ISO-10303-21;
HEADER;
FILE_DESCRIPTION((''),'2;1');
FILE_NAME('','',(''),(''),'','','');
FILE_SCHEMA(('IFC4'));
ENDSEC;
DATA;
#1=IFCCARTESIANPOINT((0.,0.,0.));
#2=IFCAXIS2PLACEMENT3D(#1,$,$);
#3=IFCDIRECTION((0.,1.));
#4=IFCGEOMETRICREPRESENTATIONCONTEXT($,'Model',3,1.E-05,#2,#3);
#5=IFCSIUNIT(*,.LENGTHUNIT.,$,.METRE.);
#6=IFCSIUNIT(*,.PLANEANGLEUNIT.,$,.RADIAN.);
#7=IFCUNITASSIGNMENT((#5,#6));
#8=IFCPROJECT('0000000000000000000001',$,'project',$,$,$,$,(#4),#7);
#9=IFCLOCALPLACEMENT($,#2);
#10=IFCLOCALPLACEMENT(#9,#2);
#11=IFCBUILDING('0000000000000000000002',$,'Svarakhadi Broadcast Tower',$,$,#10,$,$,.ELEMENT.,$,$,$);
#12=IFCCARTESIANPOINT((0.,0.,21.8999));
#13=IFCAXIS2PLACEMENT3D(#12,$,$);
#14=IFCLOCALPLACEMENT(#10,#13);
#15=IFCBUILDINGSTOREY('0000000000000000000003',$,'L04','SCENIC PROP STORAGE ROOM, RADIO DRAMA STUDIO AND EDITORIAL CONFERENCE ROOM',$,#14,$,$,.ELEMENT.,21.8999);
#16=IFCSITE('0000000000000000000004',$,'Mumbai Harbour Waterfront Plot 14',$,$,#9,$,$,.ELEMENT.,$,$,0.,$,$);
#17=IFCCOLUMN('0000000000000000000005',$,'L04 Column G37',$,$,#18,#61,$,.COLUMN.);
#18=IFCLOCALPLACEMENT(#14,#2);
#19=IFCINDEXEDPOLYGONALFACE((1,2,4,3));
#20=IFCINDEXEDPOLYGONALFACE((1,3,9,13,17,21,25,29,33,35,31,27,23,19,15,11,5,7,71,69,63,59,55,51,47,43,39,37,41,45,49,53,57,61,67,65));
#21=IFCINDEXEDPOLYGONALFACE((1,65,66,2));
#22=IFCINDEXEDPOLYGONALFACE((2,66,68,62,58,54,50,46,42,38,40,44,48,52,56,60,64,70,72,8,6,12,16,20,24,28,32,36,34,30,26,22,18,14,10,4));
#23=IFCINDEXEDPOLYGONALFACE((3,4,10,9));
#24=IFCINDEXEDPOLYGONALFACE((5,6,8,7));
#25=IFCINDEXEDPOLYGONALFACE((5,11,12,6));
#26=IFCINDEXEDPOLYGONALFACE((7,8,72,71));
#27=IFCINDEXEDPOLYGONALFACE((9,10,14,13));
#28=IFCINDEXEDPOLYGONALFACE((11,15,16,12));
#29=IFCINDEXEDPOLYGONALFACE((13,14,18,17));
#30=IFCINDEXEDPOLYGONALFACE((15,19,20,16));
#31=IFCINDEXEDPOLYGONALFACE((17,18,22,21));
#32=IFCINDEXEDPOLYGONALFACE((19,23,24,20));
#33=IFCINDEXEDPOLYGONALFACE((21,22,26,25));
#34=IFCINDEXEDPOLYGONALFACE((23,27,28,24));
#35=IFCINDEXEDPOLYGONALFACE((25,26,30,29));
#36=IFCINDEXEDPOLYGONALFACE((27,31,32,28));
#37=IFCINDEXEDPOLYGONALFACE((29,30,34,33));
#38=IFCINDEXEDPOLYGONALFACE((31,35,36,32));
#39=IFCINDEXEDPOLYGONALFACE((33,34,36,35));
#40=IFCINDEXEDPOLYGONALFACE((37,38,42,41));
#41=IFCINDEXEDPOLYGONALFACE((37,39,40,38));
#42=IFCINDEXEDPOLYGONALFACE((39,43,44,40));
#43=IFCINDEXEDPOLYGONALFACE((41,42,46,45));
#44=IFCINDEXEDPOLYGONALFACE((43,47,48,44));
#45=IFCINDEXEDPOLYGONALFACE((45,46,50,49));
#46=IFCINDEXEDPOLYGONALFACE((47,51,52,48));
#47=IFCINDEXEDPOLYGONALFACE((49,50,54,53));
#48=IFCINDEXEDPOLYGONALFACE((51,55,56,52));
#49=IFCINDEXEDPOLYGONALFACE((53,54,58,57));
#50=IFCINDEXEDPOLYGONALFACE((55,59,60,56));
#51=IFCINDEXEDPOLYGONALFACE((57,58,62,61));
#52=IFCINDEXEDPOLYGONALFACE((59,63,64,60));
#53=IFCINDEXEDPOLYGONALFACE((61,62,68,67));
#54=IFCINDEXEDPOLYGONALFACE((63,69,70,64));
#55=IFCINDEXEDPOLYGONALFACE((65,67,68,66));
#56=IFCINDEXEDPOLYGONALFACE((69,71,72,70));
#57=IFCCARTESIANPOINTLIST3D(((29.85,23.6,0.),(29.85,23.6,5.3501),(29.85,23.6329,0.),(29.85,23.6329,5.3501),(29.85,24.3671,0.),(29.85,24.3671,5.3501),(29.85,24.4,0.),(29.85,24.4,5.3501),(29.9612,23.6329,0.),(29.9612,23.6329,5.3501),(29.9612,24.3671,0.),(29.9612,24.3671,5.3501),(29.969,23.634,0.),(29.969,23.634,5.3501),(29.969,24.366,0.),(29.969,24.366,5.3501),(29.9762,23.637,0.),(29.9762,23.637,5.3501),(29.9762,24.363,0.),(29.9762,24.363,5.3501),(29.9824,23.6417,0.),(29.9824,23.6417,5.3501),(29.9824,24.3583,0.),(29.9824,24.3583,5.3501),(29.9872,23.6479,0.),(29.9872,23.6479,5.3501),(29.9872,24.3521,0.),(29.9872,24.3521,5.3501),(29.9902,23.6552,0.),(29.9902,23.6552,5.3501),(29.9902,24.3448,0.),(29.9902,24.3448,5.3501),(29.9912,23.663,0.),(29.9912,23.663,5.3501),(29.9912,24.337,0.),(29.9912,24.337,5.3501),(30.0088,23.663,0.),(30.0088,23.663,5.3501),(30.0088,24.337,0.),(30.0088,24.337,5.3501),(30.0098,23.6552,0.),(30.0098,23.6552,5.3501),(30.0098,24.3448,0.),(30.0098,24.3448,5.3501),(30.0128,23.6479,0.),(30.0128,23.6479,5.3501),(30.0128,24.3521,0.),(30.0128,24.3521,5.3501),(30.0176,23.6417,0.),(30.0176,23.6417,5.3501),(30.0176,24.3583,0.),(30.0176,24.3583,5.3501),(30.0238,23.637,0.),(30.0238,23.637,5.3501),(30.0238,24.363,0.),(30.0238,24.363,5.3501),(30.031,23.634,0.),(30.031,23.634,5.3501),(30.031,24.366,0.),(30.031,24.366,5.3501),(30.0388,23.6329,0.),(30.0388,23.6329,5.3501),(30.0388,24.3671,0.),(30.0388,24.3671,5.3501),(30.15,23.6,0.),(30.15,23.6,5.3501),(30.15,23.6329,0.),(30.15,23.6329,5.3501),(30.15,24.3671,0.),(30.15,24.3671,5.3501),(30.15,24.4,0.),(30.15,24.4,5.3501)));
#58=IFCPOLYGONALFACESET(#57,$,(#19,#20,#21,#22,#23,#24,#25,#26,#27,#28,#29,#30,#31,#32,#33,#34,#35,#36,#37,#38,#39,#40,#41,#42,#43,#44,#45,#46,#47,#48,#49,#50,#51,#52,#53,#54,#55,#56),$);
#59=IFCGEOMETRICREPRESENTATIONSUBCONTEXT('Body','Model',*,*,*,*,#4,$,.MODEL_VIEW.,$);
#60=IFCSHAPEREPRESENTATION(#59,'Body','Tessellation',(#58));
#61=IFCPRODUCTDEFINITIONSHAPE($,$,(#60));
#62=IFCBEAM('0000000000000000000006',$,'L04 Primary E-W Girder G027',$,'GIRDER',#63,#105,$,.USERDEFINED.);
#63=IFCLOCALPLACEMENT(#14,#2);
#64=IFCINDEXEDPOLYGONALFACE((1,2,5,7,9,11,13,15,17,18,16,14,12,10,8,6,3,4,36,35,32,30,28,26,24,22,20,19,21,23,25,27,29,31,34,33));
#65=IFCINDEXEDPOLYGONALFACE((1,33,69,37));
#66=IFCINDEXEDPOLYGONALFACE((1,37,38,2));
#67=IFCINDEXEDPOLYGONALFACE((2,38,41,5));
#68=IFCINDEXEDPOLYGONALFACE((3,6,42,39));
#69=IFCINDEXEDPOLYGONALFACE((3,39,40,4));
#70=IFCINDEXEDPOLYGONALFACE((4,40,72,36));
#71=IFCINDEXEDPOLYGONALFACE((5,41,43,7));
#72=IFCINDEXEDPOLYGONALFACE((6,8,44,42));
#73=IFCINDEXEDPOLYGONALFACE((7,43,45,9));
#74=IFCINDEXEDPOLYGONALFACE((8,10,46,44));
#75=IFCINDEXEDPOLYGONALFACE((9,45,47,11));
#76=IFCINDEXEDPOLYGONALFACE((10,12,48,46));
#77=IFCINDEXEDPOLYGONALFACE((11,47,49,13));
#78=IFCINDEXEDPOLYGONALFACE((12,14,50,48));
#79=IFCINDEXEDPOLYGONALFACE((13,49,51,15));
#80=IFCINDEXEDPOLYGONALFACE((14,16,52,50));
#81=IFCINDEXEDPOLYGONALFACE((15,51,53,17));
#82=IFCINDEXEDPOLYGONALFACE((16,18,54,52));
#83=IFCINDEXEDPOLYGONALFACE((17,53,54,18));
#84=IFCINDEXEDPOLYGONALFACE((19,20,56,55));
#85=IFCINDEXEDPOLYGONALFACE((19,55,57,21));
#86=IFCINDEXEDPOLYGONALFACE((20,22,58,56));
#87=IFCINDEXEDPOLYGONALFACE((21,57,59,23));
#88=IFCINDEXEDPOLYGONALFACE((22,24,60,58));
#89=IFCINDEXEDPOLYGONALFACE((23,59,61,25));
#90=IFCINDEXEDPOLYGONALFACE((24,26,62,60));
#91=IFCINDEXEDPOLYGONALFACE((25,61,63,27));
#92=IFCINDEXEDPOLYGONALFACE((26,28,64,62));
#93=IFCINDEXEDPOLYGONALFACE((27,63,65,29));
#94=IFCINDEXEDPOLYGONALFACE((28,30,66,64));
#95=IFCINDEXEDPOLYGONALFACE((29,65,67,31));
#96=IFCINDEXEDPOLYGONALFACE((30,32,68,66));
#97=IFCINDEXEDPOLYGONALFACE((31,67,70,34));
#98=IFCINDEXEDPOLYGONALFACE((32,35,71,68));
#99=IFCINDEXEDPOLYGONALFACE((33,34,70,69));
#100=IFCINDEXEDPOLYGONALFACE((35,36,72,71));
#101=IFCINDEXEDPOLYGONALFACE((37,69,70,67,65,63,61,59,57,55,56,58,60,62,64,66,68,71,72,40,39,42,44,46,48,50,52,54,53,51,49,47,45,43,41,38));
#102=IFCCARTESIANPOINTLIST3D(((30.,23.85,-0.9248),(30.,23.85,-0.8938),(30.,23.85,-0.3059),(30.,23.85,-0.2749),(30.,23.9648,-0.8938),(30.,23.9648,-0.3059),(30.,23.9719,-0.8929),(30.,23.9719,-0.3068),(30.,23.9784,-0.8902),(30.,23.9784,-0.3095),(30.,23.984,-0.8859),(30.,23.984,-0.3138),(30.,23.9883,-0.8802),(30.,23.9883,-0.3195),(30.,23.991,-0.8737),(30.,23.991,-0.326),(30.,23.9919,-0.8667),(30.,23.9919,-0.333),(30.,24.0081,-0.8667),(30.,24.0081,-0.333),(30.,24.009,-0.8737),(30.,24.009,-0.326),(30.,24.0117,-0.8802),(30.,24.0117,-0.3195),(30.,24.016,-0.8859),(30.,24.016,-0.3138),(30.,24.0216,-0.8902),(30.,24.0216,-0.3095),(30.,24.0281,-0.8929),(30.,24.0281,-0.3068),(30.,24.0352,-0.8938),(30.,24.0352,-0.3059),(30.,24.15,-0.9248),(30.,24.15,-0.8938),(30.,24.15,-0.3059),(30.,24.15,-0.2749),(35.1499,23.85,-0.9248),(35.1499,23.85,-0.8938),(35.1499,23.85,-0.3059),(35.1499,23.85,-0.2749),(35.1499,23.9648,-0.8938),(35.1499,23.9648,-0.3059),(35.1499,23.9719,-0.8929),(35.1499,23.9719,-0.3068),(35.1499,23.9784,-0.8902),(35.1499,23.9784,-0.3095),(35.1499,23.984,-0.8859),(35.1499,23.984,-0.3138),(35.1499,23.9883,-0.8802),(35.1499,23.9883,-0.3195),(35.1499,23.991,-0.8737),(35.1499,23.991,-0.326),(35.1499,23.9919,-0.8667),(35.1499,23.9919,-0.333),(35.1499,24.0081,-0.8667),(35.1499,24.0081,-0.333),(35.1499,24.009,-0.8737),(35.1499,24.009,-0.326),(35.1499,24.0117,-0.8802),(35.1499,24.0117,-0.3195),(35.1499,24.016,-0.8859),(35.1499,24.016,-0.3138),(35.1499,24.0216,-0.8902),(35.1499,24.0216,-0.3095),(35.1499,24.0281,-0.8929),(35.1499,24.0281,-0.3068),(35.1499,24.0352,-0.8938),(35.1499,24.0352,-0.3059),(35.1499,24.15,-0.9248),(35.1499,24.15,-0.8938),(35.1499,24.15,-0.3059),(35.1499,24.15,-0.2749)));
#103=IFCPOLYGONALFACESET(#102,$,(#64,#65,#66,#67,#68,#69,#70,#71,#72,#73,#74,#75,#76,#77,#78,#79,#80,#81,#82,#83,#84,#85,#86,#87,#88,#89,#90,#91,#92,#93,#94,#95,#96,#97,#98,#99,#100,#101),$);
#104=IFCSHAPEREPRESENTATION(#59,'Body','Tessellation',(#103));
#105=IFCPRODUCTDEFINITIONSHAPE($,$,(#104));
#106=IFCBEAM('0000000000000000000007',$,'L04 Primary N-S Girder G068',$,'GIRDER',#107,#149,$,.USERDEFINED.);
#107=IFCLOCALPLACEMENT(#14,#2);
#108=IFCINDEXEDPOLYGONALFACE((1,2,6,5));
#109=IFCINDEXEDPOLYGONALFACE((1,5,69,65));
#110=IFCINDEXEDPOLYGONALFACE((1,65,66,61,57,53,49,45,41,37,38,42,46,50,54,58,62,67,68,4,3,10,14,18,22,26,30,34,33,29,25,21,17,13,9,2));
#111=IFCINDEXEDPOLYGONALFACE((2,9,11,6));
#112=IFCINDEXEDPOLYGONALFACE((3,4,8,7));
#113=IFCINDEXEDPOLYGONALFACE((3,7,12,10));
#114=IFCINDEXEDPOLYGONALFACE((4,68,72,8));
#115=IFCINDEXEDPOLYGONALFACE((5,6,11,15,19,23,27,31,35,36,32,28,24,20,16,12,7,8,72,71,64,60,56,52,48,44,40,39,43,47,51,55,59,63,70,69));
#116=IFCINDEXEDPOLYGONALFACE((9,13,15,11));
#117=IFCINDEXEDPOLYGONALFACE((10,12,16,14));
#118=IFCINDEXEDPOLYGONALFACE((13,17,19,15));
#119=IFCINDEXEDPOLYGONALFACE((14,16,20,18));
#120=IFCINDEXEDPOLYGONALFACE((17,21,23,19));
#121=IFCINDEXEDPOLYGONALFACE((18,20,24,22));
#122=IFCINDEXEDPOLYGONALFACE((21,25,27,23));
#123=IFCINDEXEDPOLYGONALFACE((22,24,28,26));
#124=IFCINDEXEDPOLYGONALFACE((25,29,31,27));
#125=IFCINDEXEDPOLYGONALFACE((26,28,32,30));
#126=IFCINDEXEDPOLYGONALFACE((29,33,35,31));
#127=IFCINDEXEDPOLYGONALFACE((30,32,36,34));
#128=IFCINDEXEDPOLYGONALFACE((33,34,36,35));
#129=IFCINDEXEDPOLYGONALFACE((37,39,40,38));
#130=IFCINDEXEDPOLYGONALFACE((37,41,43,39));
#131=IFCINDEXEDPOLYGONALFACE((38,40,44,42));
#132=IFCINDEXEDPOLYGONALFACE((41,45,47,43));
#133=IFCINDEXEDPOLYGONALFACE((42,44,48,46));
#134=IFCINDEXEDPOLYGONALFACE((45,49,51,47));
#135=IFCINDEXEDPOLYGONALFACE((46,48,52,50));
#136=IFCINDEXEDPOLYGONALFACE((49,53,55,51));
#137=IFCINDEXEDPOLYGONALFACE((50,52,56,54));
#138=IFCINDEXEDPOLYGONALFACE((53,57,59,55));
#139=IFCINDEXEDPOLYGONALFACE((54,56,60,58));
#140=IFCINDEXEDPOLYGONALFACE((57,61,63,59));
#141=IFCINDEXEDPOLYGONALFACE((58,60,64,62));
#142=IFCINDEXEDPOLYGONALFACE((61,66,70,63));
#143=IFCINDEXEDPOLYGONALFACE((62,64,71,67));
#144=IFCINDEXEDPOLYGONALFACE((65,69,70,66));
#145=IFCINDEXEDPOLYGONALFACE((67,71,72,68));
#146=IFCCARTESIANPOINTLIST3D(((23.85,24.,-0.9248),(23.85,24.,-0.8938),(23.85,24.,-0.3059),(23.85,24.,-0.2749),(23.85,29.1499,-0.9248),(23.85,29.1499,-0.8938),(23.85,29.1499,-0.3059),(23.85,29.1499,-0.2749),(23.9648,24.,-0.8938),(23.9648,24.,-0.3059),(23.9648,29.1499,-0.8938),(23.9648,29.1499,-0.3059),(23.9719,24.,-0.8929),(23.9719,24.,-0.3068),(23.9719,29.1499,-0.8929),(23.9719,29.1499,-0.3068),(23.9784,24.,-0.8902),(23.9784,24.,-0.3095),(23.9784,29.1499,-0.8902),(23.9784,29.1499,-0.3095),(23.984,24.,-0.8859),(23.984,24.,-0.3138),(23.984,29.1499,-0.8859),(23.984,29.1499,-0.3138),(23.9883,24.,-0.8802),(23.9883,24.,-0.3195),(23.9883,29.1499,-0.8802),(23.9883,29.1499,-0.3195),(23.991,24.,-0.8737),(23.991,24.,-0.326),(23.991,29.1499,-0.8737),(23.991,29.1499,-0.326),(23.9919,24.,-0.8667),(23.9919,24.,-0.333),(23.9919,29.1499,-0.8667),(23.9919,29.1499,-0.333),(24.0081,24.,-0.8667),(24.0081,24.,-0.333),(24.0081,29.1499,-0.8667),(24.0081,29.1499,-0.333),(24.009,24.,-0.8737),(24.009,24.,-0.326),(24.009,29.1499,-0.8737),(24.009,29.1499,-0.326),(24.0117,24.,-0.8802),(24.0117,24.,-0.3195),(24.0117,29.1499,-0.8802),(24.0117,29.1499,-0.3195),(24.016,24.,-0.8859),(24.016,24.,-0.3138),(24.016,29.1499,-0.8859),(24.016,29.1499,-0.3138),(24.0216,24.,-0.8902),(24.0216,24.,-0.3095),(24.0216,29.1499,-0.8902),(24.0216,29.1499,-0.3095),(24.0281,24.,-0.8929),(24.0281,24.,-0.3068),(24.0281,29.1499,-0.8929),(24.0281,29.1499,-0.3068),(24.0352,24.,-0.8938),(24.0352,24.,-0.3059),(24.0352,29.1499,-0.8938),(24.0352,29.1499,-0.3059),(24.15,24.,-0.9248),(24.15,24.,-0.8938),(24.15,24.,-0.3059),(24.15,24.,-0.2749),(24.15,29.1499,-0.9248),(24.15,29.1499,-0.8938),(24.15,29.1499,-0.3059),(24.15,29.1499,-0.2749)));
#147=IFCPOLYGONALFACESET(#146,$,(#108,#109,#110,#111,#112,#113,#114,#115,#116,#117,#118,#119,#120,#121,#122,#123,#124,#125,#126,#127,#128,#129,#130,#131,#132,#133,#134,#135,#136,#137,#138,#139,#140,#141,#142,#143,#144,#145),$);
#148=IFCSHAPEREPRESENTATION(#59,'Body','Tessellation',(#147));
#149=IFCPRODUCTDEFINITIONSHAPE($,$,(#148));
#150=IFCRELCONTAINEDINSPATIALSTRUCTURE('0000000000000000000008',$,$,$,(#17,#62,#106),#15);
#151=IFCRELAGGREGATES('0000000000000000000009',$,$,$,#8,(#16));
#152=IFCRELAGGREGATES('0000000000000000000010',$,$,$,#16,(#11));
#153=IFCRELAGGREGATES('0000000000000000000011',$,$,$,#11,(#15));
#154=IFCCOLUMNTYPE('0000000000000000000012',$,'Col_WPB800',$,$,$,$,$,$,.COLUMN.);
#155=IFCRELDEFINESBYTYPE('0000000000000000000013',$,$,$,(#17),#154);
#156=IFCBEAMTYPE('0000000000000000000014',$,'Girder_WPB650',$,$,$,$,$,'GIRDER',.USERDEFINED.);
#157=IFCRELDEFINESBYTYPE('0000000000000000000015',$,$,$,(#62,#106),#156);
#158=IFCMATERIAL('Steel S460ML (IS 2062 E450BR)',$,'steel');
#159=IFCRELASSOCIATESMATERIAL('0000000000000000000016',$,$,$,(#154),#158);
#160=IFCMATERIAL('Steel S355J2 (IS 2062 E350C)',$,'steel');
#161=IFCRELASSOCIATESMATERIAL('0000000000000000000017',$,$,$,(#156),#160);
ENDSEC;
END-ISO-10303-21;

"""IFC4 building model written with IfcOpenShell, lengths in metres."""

from ifc_helpers import new_model, si_unit, direction, frame, origin, origin_2d, place, context, subcontext, project, spatial, i_section, extrude, material, material_profile, profile_set, type_object, element, save


model = new_model("IFC4")

# Units and contexts
model_context = context("Model", 3, precision=1e-05, world=origin(), true_north=direction((0.0, 1.0)))
body_context = subcontext(model_context, "Body", "Model", "MODEL_VIEW")
ifc_project = project(units=[si_unit("LENGTHUNIT", "METRE"), si_unit("PLANEANGLEUNIT", "RADIAN")], contexts=[model_context])

# Site, building, storey
site_placement = place(None, origin())
site = spatial("IfcSite", under=ifc_project, at=site_placement, Name="Mumbai Harbour Waterfront Plot 14", CompositionType="ELEMENT", RefElevation=0.0)
building_placement = place(site_placement, origin())
building = spatial("IfcBuilding", under=site, at=building_placement, Name="Svarakhadi Broadcast Tower", CompositionType="ELEMENT")
storey_placement = place(building_placement, frame((0.0, 0.0, 21.8999)))
storey = spatial("IfcBuildingStorey", under=building, at=storey_placement, Name="L04", Description="SCENIC PROP STORAGE ROOM, RADIO DRAMA STUDIO AND EDITORIAL CONFERENCE ROOM", CompositionType="ELEMENT", Elevation=21.8999)

# Column
ifc_material_1 = material(Name="Steel S460ML (IS 2062 E450BR)", Category="steel")
ifc_material_profile_1 = material_profile(ifc_material_1, i_section(OverallWidth=0.3, OverallDepth=0.8, WebThickness=0.0176, FlangeThickness=0.033, FilletRadius=0.03, at=origin_2d()), Name="WPB 800x300x262")
ifc_profile_set_1 = profile_set([ifc_material_profile_1], Name="Steel S460ML (IS 2062 E450BR)")
column_type = type_object("IfcColumnType", Name="Col_WPB800", PredefinedType="COLUMN", material=ifc_profile_set_1)
column_placement = place(storey_placement, frame((30.0, 24.0, 0.0), z_axis=(0.0, 0.0, 1.0), x_axis=(1.0, 0.0, 0.0)))
element("IfcColumn", 1, at=column_placement, inside=storey, type_object=column_type, Name="L04 Column G37", PredefinedType="COLUMN", context=body_context, shape_type="SweptSolid", body=[
    extrude(i_section(OverallWidth=0.3, OverallDepth=0.8, WebThickness=0.0176, FlangeThickness=0.033, FilletRadius=0.03, at=origin_2d()), origin(), (0.0, 0.0, 1.0), 5.3501),
])

# Beams
ifc_material_2 = material(Name="Steel S355J2 (IS 2062 E350C)", Category="steel")
ifc_material_profile_2 = material_profile(ifc_material_2, i_section(OverallWidth=0.3, OverallDepth=0.6499, WebThickness=0.0161, FlangeThickness=0.031, FilletRadius=0.0271, at=origin_2d()), Name="WPB 650x300x225")
ifc_profile_set_2 = profile_set([ifc_material_profile_2], Name="Steel S355J2 (IS 2062 E350C)")
beam_type = type_object("IfcBeamType", Name="Girder_WPB650", ElementType="GIRDER", PredefinedType="USERDEFINED", material=ifc_profile_set_2)
for number, where, z_axis, x_axis, name in (
    (2, (30.0, 24.0, -0.5999), (1.0, 0.0, 0.0), (0.0, 1.0, 0.0), "L04 Primary E-W Girder G027"),
    (3, (24.0, 24.0, -0.5999), (0.0, 1.0, 0.0), (-1.0, 0.0, 0.0), "L04 Primary N-S Girder G068"),
):
    element("IfcBeam", number, at=place(storey_placement, frame(where, z_axis=z_axis, x_axis=x_axis)), inside=storey, type_object=beam_type, Name=name, ObjectType="GIRDER", PredefinedType="USERDEFINED", context=body_context, shape_type="SweptSolid", body=[
        extrude(i_section(OverallWidth=0.3, OverallDepth=0.6499, WebThickness=0.0161, FlangeThickness=0.031, FilletRadius=0.0271, at=origin_2d()), origin(), (0.0, 0.0, 1.0), 5.1499),
    ])

save(model, "model.ifc")
